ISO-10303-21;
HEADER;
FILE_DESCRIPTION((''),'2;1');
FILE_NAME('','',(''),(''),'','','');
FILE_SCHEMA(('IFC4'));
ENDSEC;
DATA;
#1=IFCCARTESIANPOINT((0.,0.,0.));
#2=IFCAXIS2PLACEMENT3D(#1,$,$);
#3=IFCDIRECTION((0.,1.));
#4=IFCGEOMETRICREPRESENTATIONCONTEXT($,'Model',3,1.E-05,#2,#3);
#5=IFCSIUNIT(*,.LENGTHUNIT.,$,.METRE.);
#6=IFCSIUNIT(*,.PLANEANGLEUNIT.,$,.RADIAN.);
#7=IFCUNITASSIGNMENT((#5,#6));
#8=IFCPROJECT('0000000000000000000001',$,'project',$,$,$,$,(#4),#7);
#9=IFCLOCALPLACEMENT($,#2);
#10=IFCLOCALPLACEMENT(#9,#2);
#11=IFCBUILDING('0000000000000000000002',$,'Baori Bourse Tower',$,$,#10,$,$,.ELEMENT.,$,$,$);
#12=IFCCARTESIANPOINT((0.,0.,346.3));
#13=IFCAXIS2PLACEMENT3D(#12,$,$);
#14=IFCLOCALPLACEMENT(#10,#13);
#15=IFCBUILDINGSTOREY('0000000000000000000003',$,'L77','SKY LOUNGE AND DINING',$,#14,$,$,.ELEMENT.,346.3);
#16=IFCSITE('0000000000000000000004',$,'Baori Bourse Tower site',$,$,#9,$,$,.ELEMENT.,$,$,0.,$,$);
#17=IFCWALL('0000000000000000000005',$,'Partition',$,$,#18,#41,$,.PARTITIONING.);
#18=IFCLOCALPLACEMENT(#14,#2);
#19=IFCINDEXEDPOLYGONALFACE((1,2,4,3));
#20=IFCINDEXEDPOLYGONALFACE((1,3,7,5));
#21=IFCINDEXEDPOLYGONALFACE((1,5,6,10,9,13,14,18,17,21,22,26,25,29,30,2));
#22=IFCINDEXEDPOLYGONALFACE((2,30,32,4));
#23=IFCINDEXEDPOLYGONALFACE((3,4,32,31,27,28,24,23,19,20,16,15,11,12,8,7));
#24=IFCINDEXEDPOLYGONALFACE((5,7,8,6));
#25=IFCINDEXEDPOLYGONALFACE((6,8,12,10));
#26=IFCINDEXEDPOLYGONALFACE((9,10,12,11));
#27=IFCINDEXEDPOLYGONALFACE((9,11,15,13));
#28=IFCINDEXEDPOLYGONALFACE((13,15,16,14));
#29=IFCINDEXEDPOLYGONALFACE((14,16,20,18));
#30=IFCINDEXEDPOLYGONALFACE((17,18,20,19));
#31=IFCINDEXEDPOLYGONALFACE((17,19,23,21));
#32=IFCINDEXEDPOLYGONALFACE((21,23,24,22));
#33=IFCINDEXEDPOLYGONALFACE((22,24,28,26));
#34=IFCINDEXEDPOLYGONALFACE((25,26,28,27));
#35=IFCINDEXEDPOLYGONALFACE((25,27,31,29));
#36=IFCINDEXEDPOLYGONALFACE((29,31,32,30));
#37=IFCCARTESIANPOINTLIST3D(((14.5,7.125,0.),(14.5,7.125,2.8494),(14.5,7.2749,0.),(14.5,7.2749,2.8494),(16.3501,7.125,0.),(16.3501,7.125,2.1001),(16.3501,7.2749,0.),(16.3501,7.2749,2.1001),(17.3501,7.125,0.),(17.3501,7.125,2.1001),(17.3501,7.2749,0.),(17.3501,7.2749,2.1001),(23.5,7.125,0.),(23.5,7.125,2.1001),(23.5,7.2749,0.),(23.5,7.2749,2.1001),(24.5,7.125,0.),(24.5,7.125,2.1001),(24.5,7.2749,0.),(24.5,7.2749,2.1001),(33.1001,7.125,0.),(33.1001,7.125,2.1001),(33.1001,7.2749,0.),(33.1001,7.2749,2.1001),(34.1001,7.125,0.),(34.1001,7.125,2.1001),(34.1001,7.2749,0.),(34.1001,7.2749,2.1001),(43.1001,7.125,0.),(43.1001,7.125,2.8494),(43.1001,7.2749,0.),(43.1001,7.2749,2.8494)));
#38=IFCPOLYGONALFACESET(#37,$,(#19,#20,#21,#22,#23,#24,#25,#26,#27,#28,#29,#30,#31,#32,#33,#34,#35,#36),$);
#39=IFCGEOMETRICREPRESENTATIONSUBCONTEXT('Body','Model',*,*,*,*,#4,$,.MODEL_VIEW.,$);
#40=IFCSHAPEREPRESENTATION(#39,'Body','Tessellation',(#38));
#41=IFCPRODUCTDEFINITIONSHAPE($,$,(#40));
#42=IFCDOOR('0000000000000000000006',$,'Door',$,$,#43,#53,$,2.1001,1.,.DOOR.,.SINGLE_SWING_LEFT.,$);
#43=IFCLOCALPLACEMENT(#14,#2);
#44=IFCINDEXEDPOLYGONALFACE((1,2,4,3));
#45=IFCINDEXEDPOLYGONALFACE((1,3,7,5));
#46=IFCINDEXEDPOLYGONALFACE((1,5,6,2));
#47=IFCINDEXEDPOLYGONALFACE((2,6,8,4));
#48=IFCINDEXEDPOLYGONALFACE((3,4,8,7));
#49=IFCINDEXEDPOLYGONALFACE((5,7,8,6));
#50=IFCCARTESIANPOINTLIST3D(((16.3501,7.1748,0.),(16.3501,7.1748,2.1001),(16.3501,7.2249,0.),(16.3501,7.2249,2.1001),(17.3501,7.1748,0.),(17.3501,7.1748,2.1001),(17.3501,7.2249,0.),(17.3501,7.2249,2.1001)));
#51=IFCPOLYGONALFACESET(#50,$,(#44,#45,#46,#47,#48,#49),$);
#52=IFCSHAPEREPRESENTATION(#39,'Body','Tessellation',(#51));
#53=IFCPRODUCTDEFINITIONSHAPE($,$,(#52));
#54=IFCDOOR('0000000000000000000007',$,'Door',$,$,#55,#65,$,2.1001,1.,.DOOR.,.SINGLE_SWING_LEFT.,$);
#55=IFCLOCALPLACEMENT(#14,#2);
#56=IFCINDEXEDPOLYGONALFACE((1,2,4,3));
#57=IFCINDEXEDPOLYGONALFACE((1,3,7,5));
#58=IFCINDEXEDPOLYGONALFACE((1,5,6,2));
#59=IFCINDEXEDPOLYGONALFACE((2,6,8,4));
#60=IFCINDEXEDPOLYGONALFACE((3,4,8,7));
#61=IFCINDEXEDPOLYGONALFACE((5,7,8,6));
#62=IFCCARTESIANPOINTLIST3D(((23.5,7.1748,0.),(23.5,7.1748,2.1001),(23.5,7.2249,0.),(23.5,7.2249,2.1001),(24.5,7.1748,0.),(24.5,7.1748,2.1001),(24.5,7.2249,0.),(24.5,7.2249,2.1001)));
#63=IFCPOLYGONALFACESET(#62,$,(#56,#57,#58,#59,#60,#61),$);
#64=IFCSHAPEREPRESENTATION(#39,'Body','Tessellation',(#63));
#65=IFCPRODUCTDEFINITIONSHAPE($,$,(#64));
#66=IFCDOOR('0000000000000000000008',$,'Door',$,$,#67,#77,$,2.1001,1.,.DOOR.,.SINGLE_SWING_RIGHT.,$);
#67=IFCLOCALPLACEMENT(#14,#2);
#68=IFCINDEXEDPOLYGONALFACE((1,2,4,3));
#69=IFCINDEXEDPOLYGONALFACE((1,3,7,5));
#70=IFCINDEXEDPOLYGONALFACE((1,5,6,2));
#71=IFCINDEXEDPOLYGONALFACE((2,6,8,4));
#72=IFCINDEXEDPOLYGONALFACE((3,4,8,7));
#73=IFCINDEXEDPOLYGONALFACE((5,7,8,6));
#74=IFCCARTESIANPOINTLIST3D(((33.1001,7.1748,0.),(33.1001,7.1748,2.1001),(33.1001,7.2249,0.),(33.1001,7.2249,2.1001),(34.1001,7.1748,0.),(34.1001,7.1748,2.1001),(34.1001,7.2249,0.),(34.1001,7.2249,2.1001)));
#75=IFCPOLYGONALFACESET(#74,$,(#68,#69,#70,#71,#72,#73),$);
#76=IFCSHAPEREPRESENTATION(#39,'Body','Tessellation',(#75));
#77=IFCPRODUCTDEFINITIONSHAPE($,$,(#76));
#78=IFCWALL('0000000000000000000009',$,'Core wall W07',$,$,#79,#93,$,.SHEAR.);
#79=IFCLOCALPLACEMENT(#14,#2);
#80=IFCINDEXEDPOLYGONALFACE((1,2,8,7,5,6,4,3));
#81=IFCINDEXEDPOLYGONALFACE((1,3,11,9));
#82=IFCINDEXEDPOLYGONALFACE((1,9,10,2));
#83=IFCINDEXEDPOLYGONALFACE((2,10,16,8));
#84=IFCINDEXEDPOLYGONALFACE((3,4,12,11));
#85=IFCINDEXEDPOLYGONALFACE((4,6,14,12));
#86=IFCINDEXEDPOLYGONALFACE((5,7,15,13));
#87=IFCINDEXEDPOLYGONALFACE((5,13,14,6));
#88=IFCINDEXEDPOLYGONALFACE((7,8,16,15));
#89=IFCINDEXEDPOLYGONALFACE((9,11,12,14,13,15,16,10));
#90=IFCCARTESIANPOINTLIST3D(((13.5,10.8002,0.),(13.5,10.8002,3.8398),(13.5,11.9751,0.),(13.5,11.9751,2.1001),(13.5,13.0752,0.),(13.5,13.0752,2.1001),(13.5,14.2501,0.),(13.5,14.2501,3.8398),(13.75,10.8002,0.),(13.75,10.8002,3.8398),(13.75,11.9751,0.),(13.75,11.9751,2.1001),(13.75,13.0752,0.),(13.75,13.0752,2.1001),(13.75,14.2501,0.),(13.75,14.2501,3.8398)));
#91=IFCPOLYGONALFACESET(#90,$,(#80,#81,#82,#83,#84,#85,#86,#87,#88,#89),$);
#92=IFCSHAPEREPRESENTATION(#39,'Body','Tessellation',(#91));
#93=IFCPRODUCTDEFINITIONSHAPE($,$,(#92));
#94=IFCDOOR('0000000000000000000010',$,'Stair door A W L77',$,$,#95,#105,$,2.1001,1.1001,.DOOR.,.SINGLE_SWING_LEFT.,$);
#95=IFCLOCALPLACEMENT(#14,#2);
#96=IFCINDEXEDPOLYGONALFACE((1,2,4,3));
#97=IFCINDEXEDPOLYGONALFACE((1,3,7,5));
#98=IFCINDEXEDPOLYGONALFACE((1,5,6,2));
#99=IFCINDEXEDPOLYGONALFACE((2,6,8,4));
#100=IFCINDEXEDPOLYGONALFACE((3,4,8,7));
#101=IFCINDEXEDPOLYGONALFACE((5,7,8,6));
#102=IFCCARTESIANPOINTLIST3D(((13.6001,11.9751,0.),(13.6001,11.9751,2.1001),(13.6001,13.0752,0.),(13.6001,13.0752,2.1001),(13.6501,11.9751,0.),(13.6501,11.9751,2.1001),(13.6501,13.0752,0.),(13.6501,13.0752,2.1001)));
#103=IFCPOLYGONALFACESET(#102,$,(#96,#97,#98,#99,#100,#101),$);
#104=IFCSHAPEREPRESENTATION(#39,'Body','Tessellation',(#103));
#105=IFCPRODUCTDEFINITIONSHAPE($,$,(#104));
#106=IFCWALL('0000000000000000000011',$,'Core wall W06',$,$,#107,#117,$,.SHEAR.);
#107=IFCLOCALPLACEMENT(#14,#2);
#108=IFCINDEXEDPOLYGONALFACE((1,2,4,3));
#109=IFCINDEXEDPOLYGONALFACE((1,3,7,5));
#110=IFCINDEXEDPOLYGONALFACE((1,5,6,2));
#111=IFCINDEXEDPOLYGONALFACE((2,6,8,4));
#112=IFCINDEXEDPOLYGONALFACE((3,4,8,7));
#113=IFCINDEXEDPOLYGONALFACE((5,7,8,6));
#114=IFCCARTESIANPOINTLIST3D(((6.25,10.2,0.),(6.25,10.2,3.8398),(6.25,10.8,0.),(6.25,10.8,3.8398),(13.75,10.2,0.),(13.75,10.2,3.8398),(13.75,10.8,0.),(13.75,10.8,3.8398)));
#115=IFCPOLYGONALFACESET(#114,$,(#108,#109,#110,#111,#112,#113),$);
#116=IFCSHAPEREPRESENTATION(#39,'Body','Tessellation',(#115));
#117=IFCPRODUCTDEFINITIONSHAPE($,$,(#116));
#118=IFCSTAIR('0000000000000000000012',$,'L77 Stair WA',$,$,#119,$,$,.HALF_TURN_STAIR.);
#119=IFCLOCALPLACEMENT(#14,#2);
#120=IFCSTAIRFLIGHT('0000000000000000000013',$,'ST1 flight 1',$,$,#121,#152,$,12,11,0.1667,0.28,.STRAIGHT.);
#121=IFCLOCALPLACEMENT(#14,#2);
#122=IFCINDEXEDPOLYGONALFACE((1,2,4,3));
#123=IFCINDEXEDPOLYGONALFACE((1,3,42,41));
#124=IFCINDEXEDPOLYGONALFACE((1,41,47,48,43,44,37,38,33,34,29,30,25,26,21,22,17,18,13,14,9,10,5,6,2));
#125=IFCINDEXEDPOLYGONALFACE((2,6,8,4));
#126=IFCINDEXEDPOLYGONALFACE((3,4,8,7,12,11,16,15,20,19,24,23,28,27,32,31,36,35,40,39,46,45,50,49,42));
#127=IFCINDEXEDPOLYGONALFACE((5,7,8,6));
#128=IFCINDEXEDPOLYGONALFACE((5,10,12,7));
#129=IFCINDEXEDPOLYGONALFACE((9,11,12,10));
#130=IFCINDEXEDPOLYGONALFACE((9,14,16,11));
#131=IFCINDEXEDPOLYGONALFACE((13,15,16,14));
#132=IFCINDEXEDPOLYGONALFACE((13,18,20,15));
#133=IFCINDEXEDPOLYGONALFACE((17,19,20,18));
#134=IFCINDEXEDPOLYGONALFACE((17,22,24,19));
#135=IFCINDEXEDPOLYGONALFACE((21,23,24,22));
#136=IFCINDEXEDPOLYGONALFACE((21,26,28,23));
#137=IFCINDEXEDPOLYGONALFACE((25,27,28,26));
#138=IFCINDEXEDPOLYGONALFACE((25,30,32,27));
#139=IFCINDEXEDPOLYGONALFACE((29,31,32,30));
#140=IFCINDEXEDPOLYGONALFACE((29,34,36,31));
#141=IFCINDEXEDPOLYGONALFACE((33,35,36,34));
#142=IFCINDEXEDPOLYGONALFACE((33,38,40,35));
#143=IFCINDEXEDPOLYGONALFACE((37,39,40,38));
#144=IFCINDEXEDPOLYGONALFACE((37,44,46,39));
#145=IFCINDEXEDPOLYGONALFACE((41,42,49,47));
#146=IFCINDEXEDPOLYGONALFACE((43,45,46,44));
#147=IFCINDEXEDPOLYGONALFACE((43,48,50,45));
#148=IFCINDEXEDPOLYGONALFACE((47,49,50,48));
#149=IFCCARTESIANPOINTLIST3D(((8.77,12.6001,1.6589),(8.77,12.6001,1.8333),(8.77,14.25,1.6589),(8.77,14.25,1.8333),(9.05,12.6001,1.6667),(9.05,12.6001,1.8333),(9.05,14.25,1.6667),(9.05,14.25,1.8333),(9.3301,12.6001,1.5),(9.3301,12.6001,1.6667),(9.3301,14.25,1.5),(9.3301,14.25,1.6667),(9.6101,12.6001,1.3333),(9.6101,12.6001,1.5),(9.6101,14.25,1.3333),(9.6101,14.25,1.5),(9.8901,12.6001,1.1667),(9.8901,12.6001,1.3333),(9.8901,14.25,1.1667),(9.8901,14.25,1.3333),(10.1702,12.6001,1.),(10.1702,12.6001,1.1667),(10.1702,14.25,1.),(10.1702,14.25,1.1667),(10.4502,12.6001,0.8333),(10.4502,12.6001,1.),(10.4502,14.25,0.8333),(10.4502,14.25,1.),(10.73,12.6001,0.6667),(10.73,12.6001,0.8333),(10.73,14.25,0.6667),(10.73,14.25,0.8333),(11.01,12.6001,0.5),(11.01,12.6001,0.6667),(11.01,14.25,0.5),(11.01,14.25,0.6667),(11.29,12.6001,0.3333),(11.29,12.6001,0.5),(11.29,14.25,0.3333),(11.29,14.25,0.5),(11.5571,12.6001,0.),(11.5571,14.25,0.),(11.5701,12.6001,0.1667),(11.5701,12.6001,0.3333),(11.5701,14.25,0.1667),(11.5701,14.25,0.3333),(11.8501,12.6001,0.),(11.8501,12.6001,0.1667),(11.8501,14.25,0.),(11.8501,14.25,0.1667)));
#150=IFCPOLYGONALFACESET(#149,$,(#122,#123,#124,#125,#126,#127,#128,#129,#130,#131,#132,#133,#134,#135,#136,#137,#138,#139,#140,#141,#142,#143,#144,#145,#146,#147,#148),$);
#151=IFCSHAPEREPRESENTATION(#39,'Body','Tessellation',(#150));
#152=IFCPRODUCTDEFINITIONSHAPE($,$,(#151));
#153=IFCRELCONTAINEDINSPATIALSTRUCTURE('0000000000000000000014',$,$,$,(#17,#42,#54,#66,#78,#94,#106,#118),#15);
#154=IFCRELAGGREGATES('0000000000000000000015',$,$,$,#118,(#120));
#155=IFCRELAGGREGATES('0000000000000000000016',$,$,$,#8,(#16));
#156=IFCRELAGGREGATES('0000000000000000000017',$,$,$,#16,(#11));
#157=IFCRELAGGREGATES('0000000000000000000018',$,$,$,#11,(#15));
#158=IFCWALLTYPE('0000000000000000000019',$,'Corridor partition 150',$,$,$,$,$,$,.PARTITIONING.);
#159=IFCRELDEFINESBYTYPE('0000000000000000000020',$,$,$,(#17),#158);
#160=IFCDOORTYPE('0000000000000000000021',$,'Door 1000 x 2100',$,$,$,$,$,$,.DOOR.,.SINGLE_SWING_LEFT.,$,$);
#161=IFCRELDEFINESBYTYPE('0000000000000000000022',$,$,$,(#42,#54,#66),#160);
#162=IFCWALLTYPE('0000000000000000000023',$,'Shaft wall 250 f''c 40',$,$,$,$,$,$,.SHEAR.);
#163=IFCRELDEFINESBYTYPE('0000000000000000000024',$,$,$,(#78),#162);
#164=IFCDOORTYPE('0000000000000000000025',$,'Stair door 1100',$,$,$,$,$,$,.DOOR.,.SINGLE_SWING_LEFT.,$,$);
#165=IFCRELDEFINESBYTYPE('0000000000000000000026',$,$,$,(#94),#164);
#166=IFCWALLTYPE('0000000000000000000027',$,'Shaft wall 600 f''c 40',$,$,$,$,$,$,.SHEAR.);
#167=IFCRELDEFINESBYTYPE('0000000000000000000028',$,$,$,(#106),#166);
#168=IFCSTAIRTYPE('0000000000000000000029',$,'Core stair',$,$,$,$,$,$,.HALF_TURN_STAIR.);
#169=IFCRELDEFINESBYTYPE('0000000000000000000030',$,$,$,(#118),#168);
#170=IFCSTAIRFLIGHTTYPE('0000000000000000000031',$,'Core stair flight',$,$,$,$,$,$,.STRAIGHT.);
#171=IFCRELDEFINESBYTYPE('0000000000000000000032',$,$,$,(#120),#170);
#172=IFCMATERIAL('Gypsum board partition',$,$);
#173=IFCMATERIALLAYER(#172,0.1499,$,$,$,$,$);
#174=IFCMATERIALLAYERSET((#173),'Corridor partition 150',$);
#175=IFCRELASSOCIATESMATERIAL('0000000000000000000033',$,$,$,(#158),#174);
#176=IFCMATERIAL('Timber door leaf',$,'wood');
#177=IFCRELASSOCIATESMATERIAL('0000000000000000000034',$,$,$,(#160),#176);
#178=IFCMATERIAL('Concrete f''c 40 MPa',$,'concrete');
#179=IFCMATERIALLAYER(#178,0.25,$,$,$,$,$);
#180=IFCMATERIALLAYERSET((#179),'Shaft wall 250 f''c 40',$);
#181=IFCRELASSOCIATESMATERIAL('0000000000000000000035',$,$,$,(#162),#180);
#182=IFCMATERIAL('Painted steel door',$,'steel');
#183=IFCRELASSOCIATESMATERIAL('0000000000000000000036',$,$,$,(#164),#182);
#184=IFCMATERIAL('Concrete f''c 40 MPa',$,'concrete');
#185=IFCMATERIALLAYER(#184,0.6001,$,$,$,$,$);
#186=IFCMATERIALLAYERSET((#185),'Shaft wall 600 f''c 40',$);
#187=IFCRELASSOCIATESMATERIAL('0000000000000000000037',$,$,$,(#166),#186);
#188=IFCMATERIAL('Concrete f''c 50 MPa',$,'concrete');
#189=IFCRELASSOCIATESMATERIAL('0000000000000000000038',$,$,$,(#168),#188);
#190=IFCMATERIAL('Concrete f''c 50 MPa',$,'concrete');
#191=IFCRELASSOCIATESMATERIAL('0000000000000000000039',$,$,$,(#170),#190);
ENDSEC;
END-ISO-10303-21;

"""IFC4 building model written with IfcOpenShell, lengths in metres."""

from ifc_helpers import new_model, si_unit, direction, frame, frame_2d, origin, place, context, subcontext, project, spatial, polyline, rectangle, outline, extrude, material, layer, layer_set, type_object, element, fill, aggregate, save


model = new_model("IFC4")

# Units and contexts
model_context = context("Model", 3, precision=1e-05, world=origin(), true_north=direction((0.0, 1.0)))
body_context = subcontext(model_context, "Body", "Model", "MODEL_VIEW")
ifc_project = project(units=[si_unit("LENGTHUNIT", "METRE"), si_unit("PLANEANGLEUNIT", "RADIAN")], contexts=[model_context])

# Site, building, storey
site_placement = place(None, origin())
site = spatial("IfcSite", under=ifc_project, at=site_placement, Name="Baori Bourse Tower site", CompositionType="ELEMENT", RefElevation=0.0)
building_placement = place(site_placement, origin())
building = spatial("IfcBuilding", under=site, at=building_placement, Name="Baori Bourse Tower", CompositionType="ELEMENT")
storey_placement = place(building_placement, frame((0.0, 0.0, 346.3)))
storey = spatial("IfcBuildingStorey", under=building, at=storey_placement, Name="L77", Description="SKY LOUNGE AND DINING", CompositionType="ELEMENT", Elevation=346.3)

# Wall, openings, doors
ifc_material_1 = material(Name="Gypsum board partition")
ifc_layer_1 = layer(ifc_material_1, 0.1499)
ifc_layer_set_1 = layer_set([ifc_layer_1], Name="Corridor partition 150")
wall_type_1 = type_object("IfcWallType", Name="Corridor partition 150", PredefinedType="PARTITIONING", material=ifc_layer_set_1)
wall_1_placement = place(storey_placement, frame((14.5, 7.2, 0.0), z_axis=(0.0, 0.0, 1.0), x_axis=(1.0, 0.0, 0.0)))
wall_1 = element("IfcWall", 1, at=wall_1_placement, inside=storey, type_object=wall_type_1, Name="Partition", PredefinedType="PARTITIONING", context=body_context, shape_type="SweptSolid", body=[
    extrude(rectangle(XDim=28.6001, YDim=0.1499, at=frame_2d((14.3, 0.0))), origin(), (0.0, 0.0, 1.0), 2.8494),
])
opening_1_placement = place(wall_1_placement, frame((1.8501, 0.0, 0.0)))
opening_1 = element("IfcOpeningElement", 2, at=opening_1_placement, cuts=wall_1, PredefinedType="OPENING", context=body_context, shape_type="SweptSolid", body=[
    extrude(rectangle(XDim=1.0, YDim=2.1001, at=frame_2d((0.5, 1.05))), frame((0.0, 0.085, 0.0), z_axis=(0.0, -1.0, 0.0), x_axis=(1.0, 0.0, 0.0)), (0.0, 0.0, 1.0), 0.1699),
])
opening_2_placement = place(wall_1_placement, frame((9.0, 0.0, 0.0)))
opening_2 = element("IfcOpeningElement", 3, at=opening_2_placement, cuts=wall_1, PredefinedType="OPENING", context=body_context, shape_type="SweptSolid", body=[
    extrude(rectangle(XDim=1.0, YDim=2.1001, at=frame_2d((0.5, 1.05))), frame((0.0, 0.085, 0.0), z_axis=(0.0, -1.0, 0.0), x_axis=(1.0, 0.0, 0.0)), (0.0, 0.0, 1.0), 0.1699),
])
opening_3_placement = place(wall_1_placement, frame((18.6001, 0.0, 0.0)))
opening_3 = element("IfcOpeningElement", 4, at=opening_3_placement, cuts=wall_1, PredefinedType="OPENING", context=body_context, shape_type="SweptSolid", body=[
    extrude(rectangle(XDim=1.0, YDim=2.1001, at=frame_2d((0.5, 1.05))), frame((0.0, 0.085, 0.0), z_axis=(0.0, -1.0, 0.0), x_axis=(1.0, 0.0, 0.0)), (0.0, 0.0, 1.0), 0.1699),
])
ifc_material_2 = material(Name="Timber door leaf", Category="wood")
door_type_1 = type_object("IfcDoorType", Name="Door 1000 x 2100", OperationType="SINGLE_SWING_LEFT", PredefinedType="DOOR", material=ifc_material_2)
door_1_placement = place(opening_1_placement, origin())
door_1 = element("IfcDoor", 5, at=door_1_placement, inside=storey, type_object=door_type_1, Name="Door", OperationType="SINGLE_SWING_LEFT", OverallHeight=2.1001, OverallWidth=1.0, PredefinedType="DOOR", context=body_context, shape_type="SweptSolid", body=[
    extrude(rectangle(XDim=1.0, YDim=2.1001, at=frame_2d((0.5, 1.05))), frame((0.0, 0.0249, 0.0), z_axis=(0.0, -1.0, 0.0), x_axis=(1.0, 0.0, 0.0)), (0.0, 0.0, 1.0), 0.05),
])
fill(opening_1, door_1)
door_2_placement = place(opening_2_placement, origin())
door_2 = element("IfcDoor", 6, at=door_2_placement, inside=storey, type_object=door_type_1, Name="Door", OperationType="SINGLE_SWING_LEFT", OverallHeight=2.1001, OverallWidth=1.0, PredefinedType="DOOR", context=body_context, shape_type="SweptSolid", body=[
    extrude(rectangle(XDim=1.0, YDim=2.1001, at=frame_2d((0.5, 1.05))), frame((0.0, 0.0249, 0.0), z_axis=(0.0, -1.0, 0.0), x_axis=(1.0, 0.0, 0.0)), (0.0, 0.0, 1.0), 0.05),
])
fill(opening_2, door_2)
door_3_placement = place(opening_3_placement, origin())
door_3 = element("IfcDoor", 7, at=door_3_placement, inside=storey, type_object=door_type_1, Name="Door", OperationType="SINGLE_SWING_RIGHT", OverallHeight=2.1001, OverallWidth=1.0, PredefinedType="DOOR", context=body_context, shape_type="SweptSolid", body=[
    extrude(rectangle(XDim=1.0, YDim=2.1001, at=frame_2d((0.5, 1.05))), frame((0.0, 0.0249, 0.0), z_axis=(0.0, -1.0, 0.0), x_axis=(1.0, 0.0, 0.0)), (0.0, 0.0, 1.0), 0.05),
])
fill(opening_3, door_3)

# Wall, opening, door
ifc_material_3 = material(Name="Concrete f'c 40 MPa", Category="concrete")
ifc_layer_2 = layer(ifc_material_3, 0.25)
ifc_layer_set_2 = layer_set([ifc_layer_2], Name="Shaft wall 250 f'c 40")
wall_type_2 = type_object("IfcWallType", Name="Shaft wall 250 f'c 40", PredefinedType="SHEAR", material=ifc_layer_set_2)
wall_2_placement = place(storey_placement, frame((13.625, 10.8, 0.0), z_axis=(0.0, 0.0, 1.0), x_axis=(0.0, 1.0, 0.0)))
wall_2 = element("IfcWall", 8, at=wall_2_placement, inside=storey, type_object=wall_type_2, Name="Core wall W07", PredefinedType="SHEAR", context=body_context, shape_type="SweptSolid", body=[
    extrude(rectangle(XDim=3.45, YDim=0.25, at=frame_2d((1.7251, 0.0))), origin(), (0.0, 0.0, 1.0), 3.8398),
])
opening_4_placement = place(wall_2_placement, frame((1.175, 0.0, 0.0)))
opening_4 = element("IfcOpeningElement", 9, at=opening_4_placement, cuts=wall_2, PredefinedType="OPENING", context=body_context, shape_type="SweptSolid", body=[
    extrude(rectangle(XDim=1.1001, YDim=2.1001, at=frame_2d((0.55, 1.05))), frame((0.0, 0.135, 0.0), z_axis=(0.0, -1.0, 0.0), x_axis=(1.0, 0.0, 0.0)), (0.0, 0.0, 1.0), 0.27),
])
ifc_material_4 = material(Name="Painted steel door", Category="steel")
door_type_2 = type_object("IfcDoorType", Name="Stair door 1100", OperationType="SINGLE_SWING_LEFT", PredefinedType="DOOR", material=ifc_material_4)
door_4_placement = place(opening_4_placement, origin())
door_4 = element("IfcDoor", 10, at=door_4_placement, inside=storey, type_object=door_type_2, Name="Stair door A W L77", OperationType="SINGLE_SWING_LEFT", OverallHeight=2.1001, OverallWidth=1.1001, PredefinedType="DOOR", context=body_context, shape_type="SweptSolid", body=[
    extrude(rectangle(XDim=1.1001, YDim=2.1001, at=frame_2d((0.55, 1.05))), frame((0.0, 0.0249, 0.0), z_axis=(0.0, -1.0, 0.0), x_axis=(1.0, 0.0, 0.0)), (0.0, 0.0, 1.0), 0.05),
])
fill(opening_4, door_4)

# Wall
ifc_material_5 = material(Name="Concrete f'c 40 MPa", Category="concrete")
ifc_layer_3 = layer(ifc_material_5, 0.6001)
ifc_layer_set_3 = layer_set([ifc_layer_3], Name="Shaft wall 600 f'c 40")
wall_type_3 = type_object("IfcWallType", Name="Shaft wall 600 f'c 40", PredefinedType="SHEAR", material=ifc_layer_set_3)
wall_3_placement = place(storey_placement, frame((6.25, 10.5, 0.0), z_axis=(0.0, 0.0, 1.0), x_axis=(1.0, 0.0, 0.0)))
element("IfcWall", 11, at=wall_3_placement, inside=storey, type_object=wall_type_3, Name="Core wall W06", PredefinedType="SHEAR", context=body_context, shape_type="SweptSolid", body=[
    extrude(rectangle(XDim=7.5, YDim=0.6001, at=frame_2d((3.75, 0.0))), origin(), (0.0, 0.0, 1.0), 3.8398),
])

# Stair, stair flight
ifc_material_6 = material(Name="Concrete f'c 50 MPa", Category="concrete")
stair_type = type_object("IfcStairType", Name="Core stair", PredefinedType="HALF_TURN_STAIR", material=ifc_material_6)
stair_placement = place(storey_placement, origin())
stair = element("IfcStair", 12, at=stair_placement, inside=storey, type_object=stair_type, Name="L77 Stair WA", PredefinedType="HALF_TURN_STAIR")
ifc_material_7 = material(Name="Concrete f'c 50 MPa", Category="concrete")
stair_flight_type = type_object("IfcStairFlightType", Name="Core stair flight", PredefinedType="STRAIGHT", material=ifc_material_7)
stair_flight_1_placement = place(storey_placement, frame((11.8501, 13.425, 0.0), z_axis=(0.0, 0.0, 1.0), x_axis=(-1.0, 0.0, 0.0)))
stair_flight_1 = element("IfcStairFlight", 13, at=stair_flight_1_placement, type_object=stair_flight_type, Name="ST1 flight 1", NumberOfRisers=12, NumberOfTreads=11, PredefinedType="STRAIGHT", RiserHeight=0.1667, TreadLength=0.28, context=body_context, shape_type="SweptSolid", body=[
    extrude(outline(polyline([(0.0, 0.0), (0.0, 0.1667), (0.28, 0.1667), (0.28, 0.3333), (0.5601, 0.3333), (0.5601, 0.5), (0.8401, 0.5), (0.8401, 0.6667), (1.1201, 0.6667), (1.1201, 0.8333), (1.3999, 0.8333), (1.3999, 1.0), (1.6799, 1.0), (1.6799, 1.1667), (1.96, 1.1667), (1.96, 1.3333), (2.24, 1.3333), (2.24, 1.5), (2.52, 1.5), (2.52, 1.6667), (2.8, 1.6667), (2.8, 1.8333), (3.0801, 1.8333), (3.0801, 2.0), (3.0801, 1.6589), (0.293, 0.0), (0.0, 0.0)])), frame((0.0, 0.825, 0.0), z_axis=(0.0, -1.0, 0.0), x_axis=(1.0, 0.0, 0.0)), (0.0, 0.0, 1.0), 1.6499),
])
aggregate(stair, [stair_flight_1])

save(model, "model.ifc")
